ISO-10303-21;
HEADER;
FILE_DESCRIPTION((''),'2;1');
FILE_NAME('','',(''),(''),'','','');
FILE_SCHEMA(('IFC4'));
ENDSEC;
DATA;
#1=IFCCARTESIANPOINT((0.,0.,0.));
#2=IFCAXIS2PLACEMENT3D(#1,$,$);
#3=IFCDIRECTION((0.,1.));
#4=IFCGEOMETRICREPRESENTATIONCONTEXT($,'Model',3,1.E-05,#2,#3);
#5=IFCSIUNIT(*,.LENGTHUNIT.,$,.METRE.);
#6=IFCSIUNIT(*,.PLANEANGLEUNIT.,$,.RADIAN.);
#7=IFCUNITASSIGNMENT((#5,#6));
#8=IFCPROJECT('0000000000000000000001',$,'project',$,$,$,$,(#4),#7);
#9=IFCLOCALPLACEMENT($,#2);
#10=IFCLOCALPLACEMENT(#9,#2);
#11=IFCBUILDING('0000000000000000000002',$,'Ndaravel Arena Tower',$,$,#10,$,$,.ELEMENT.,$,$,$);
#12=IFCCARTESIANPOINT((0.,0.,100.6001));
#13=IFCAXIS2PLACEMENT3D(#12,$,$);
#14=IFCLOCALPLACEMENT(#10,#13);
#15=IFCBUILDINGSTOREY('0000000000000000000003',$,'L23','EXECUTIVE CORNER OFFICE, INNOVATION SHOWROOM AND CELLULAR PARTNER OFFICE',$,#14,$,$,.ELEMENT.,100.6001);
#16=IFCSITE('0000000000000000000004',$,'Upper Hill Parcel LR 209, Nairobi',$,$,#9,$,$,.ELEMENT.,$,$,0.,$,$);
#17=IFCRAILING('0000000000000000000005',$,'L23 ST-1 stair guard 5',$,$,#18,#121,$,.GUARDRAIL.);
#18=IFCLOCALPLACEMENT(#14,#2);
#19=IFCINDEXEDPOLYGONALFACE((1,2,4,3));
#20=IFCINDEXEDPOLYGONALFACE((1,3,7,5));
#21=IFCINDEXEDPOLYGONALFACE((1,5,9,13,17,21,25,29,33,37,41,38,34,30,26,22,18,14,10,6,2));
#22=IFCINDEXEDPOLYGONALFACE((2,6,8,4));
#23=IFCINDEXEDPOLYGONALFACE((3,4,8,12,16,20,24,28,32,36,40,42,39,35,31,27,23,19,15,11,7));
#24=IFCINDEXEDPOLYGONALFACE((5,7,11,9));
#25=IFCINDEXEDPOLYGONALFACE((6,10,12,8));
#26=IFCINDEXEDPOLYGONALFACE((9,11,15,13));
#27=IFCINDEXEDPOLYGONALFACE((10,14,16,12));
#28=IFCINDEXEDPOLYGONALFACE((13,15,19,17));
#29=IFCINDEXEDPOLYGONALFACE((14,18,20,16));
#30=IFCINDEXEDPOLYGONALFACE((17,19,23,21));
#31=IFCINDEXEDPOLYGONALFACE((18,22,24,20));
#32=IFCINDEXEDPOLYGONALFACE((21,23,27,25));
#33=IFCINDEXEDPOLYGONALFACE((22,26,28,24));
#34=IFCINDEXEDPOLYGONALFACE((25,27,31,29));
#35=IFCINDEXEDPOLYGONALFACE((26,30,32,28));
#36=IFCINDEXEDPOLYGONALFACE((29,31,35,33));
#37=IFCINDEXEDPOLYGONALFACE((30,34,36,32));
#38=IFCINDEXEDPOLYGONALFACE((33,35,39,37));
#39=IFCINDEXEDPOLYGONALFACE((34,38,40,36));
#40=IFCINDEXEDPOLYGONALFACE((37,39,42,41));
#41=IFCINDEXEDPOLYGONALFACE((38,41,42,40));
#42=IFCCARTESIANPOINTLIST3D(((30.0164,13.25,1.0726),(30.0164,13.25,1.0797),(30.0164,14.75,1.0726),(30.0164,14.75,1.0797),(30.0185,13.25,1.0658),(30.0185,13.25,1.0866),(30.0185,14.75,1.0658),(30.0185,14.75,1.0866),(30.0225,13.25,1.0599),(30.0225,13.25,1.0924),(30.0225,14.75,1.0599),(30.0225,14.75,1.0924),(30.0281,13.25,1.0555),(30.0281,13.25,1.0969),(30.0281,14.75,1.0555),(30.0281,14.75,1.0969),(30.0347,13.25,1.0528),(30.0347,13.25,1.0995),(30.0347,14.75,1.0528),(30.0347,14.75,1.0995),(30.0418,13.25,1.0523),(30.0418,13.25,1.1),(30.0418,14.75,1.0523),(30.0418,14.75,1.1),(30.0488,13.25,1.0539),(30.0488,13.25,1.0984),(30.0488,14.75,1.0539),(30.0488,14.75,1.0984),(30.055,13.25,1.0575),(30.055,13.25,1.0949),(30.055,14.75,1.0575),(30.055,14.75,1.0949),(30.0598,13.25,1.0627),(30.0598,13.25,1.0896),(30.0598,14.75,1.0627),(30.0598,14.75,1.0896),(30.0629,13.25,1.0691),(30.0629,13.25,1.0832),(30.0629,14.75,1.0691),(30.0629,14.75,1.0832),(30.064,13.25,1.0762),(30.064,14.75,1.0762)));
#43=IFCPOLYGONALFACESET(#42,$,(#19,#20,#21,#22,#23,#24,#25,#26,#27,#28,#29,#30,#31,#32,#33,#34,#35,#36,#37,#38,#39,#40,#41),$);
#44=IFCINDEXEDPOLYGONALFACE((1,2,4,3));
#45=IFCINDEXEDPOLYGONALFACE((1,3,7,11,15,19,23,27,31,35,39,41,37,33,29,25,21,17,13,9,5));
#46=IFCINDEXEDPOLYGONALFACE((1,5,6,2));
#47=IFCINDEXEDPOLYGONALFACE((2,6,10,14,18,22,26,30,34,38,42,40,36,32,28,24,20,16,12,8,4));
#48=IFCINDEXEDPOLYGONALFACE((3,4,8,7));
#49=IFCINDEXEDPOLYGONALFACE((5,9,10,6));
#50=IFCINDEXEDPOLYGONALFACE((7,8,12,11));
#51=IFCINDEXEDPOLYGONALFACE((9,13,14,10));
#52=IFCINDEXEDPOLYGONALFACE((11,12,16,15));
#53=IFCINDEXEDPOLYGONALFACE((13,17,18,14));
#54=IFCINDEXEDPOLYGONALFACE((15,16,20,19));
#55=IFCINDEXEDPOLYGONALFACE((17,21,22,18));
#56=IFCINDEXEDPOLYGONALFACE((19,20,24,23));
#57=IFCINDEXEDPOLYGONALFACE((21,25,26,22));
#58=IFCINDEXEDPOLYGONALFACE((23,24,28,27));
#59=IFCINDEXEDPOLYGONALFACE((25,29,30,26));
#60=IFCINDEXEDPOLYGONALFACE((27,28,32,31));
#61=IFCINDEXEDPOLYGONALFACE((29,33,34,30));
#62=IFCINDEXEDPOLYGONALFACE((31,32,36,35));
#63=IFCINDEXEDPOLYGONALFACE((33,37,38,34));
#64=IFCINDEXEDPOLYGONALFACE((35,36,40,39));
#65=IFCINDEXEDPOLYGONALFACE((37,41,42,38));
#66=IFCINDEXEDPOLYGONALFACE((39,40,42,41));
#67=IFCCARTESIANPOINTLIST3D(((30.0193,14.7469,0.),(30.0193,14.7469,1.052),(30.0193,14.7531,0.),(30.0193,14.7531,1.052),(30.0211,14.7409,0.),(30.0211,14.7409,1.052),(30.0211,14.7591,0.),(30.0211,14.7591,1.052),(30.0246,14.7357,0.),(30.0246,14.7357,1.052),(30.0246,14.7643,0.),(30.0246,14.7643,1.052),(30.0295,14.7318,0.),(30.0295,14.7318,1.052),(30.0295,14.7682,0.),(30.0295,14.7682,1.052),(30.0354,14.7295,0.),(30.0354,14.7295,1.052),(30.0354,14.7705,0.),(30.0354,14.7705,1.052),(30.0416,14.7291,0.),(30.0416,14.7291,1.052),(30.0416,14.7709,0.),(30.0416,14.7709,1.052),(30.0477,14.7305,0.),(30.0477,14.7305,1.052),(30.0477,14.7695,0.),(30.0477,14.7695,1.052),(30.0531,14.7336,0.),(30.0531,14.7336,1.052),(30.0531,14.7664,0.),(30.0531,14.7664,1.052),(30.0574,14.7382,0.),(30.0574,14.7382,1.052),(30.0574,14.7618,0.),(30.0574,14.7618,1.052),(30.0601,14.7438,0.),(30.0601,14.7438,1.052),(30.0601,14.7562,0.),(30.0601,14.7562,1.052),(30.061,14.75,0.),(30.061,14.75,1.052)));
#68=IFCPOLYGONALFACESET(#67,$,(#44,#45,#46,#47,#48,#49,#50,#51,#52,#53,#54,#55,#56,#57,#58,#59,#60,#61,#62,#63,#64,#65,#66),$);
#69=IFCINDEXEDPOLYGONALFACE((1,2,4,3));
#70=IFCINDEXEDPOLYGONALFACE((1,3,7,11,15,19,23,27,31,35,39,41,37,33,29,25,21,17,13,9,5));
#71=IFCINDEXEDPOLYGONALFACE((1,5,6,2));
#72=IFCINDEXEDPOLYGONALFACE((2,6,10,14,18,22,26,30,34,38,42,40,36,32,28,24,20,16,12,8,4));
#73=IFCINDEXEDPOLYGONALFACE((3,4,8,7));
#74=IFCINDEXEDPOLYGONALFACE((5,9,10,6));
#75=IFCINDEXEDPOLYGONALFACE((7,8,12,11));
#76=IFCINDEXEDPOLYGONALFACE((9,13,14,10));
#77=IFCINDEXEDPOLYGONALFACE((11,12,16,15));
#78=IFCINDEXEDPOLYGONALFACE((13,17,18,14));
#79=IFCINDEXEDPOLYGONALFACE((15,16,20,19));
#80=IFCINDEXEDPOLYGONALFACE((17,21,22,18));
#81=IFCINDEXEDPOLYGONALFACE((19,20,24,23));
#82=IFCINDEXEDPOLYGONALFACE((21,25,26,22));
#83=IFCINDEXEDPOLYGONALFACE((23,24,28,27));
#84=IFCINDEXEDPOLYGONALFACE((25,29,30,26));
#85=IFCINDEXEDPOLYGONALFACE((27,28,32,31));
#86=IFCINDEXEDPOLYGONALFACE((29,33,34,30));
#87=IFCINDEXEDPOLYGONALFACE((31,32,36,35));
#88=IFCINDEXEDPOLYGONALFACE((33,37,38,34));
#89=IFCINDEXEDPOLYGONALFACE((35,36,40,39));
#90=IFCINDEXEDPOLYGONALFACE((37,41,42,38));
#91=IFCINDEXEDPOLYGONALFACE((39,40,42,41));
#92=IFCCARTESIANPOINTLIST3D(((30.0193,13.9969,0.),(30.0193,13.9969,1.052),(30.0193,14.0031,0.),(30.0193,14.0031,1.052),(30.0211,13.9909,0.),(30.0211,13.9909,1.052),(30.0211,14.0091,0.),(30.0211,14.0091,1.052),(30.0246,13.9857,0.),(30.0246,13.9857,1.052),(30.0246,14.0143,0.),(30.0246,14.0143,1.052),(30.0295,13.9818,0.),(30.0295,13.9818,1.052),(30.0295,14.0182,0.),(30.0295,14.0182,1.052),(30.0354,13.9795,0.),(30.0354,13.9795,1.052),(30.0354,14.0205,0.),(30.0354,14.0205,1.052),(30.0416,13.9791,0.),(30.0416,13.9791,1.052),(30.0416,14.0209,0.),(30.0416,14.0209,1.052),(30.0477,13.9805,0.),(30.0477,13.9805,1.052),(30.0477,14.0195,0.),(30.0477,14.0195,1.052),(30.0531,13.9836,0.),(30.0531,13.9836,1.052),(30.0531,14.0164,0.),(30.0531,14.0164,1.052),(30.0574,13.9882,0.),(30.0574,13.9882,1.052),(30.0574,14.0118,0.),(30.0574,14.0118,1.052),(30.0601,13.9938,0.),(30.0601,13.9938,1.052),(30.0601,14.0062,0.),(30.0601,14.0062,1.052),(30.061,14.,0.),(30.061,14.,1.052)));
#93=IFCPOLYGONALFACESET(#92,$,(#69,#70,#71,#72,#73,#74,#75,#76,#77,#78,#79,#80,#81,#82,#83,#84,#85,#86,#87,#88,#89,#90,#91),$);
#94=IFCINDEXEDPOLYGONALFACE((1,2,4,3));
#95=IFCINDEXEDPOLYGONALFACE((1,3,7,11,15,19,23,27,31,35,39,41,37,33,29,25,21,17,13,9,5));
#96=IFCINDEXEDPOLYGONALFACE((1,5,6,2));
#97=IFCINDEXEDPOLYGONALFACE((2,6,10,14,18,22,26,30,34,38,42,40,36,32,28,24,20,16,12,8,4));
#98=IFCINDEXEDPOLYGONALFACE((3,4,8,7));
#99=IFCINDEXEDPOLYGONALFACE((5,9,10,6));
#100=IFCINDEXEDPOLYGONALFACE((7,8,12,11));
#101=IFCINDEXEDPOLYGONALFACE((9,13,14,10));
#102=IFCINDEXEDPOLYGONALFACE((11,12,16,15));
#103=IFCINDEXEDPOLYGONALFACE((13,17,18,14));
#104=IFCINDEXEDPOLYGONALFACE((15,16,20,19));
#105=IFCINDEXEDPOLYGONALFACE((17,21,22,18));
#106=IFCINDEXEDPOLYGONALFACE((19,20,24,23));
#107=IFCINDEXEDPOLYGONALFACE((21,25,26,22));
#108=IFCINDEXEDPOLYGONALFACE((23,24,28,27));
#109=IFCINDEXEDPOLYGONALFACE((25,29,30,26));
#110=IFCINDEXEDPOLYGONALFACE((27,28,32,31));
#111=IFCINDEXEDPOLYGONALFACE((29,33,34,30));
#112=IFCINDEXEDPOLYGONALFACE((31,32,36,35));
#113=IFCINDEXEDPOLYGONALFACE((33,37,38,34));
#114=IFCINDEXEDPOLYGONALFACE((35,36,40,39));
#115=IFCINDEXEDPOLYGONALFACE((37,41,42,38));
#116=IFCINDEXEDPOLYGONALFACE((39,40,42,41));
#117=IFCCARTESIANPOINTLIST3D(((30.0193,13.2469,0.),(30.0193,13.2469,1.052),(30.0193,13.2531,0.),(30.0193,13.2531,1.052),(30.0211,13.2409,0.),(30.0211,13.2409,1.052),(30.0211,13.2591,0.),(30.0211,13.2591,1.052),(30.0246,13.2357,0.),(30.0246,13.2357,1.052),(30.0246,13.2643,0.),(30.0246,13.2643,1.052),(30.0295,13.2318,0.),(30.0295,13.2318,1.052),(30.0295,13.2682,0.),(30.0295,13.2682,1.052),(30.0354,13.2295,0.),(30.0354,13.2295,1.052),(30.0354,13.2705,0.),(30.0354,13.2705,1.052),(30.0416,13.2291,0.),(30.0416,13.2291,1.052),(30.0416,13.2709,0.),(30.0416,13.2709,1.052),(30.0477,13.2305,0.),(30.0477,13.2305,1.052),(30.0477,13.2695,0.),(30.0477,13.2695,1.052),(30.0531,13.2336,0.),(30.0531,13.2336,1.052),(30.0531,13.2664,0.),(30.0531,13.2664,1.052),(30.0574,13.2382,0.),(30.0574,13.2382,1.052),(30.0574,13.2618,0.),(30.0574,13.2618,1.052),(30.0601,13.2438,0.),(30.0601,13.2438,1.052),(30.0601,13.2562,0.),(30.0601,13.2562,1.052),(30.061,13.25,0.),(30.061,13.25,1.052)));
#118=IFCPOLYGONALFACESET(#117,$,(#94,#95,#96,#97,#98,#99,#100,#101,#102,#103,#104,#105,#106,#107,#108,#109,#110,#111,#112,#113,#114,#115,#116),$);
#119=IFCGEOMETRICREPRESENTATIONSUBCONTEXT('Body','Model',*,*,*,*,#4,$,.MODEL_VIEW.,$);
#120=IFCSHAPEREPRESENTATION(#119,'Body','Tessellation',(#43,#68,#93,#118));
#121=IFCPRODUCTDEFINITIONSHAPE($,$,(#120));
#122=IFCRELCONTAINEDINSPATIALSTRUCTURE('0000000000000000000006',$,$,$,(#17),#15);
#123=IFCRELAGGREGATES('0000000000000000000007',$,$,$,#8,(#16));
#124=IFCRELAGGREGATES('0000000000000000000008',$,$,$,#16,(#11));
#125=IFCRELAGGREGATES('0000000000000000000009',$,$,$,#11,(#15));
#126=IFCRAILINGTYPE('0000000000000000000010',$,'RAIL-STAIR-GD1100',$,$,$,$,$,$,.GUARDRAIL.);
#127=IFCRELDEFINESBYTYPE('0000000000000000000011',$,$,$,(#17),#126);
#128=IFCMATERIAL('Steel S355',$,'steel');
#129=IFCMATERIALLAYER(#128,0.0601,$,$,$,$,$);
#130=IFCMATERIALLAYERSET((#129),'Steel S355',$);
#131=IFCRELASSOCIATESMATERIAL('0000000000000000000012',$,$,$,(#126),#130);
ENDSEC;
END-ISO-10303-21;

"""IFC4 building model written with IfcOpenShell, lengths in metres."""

from ifc_helpers import new_model, si_unit, direction, frame, origin, origin_2d, place, context, subcontext, project, spatial, circle, extrude, material, layer, layer_set, type_object, element, save


model = new_model("IFC4")

# Units and contexts
model_context = context("Model", 3, precision=1e-05, world=origin(), true_north=direction((0.0, 1.0)))
body_context = subcontext(model_context, "Body", "Model", "MODEL_VIEW")
ifc_project = project(units=[si_unit("LENGTHUNIT", "METRE"), si_unit("PLANEANGLEUNIT", "RADIAN")], contexts=[model_context])

# Site, building, storey
site_placement = place(None, origin())
site = spatial("IfcSite", under=ifc_project, at=site_placement, Name="Upper Hill Parcel LR 209, Nairobi", CompositionType="ELEMENT", RefElevation=0.0)
building_placement = place(site_placement, origin())
building = spatial("IfcBuilding", under=site, at=building_placement, Name="Ndaravel Arena Tower", CompositionType="ELEMENT")
storey_placement = place(building_placement, frame((0.0, 0.0, 100.6001)))
storey = spatial("IfcBuildingStorey", under=building, at=storey_placement, Name="L23", Description="EXECUTIVE CORNER OFFICE, INNOVATION SHOWROOM AND CELLULAR PARTNER OFFICE", CompositionType="ELEMENT", Elevation=100.6001)

# Railing
ifc_material_1 = material(Name="Steel S355", Category="steel")
ifc_layer_1 = layer(ifc_material_1, 0.0601)
ifc_layer_set_1 = layer_set([ifc_layer_1], Name="Steel S355")
railing_type = type_object("IfcRailingType", Name="RAIL-STAIR-GD1100", PredefinedType="GUARDRAIL", material=ifc_layer_set_1)
railing_placement = place(storey_placement, frame((30.04, 14.75, 0.0)))
element("IfcRailing", 1, at=railing_placement, inside=storey, type_object=railing_type, Name="L23 ST-1 stair guard 5", PredefinedType="GUARDRAIL", context=body_context, shape_type="SweptSolid", body=[
    extrude(circle(Radius=0.0239, at=origin_2d()), frame((0.0, 0.0, 1.0762), z_axis=(0.0, -1.0, 0.0), x_axis=(1.0, 0.0, 0.0)), (0.0, 0.0, 1.0), 1.5),
    extrude(circle(Radius=0.021, at=origin_2d()), origin(), (0.0, 0.0, 1.0), 1.052),
    extrude(circle(Radius=0.021, at=origin_2d()), frame((0.0, -0.75, 0.0)), (0.0, 0.0, 1.0), 1.052),
    extrude(circle(Radius=0.021, at=origin_2d()), frame((0.0, -1.5, 0.0)), (0.0, 0.0, 1.0), 1.052),
])

save(model, "model.ifc")
